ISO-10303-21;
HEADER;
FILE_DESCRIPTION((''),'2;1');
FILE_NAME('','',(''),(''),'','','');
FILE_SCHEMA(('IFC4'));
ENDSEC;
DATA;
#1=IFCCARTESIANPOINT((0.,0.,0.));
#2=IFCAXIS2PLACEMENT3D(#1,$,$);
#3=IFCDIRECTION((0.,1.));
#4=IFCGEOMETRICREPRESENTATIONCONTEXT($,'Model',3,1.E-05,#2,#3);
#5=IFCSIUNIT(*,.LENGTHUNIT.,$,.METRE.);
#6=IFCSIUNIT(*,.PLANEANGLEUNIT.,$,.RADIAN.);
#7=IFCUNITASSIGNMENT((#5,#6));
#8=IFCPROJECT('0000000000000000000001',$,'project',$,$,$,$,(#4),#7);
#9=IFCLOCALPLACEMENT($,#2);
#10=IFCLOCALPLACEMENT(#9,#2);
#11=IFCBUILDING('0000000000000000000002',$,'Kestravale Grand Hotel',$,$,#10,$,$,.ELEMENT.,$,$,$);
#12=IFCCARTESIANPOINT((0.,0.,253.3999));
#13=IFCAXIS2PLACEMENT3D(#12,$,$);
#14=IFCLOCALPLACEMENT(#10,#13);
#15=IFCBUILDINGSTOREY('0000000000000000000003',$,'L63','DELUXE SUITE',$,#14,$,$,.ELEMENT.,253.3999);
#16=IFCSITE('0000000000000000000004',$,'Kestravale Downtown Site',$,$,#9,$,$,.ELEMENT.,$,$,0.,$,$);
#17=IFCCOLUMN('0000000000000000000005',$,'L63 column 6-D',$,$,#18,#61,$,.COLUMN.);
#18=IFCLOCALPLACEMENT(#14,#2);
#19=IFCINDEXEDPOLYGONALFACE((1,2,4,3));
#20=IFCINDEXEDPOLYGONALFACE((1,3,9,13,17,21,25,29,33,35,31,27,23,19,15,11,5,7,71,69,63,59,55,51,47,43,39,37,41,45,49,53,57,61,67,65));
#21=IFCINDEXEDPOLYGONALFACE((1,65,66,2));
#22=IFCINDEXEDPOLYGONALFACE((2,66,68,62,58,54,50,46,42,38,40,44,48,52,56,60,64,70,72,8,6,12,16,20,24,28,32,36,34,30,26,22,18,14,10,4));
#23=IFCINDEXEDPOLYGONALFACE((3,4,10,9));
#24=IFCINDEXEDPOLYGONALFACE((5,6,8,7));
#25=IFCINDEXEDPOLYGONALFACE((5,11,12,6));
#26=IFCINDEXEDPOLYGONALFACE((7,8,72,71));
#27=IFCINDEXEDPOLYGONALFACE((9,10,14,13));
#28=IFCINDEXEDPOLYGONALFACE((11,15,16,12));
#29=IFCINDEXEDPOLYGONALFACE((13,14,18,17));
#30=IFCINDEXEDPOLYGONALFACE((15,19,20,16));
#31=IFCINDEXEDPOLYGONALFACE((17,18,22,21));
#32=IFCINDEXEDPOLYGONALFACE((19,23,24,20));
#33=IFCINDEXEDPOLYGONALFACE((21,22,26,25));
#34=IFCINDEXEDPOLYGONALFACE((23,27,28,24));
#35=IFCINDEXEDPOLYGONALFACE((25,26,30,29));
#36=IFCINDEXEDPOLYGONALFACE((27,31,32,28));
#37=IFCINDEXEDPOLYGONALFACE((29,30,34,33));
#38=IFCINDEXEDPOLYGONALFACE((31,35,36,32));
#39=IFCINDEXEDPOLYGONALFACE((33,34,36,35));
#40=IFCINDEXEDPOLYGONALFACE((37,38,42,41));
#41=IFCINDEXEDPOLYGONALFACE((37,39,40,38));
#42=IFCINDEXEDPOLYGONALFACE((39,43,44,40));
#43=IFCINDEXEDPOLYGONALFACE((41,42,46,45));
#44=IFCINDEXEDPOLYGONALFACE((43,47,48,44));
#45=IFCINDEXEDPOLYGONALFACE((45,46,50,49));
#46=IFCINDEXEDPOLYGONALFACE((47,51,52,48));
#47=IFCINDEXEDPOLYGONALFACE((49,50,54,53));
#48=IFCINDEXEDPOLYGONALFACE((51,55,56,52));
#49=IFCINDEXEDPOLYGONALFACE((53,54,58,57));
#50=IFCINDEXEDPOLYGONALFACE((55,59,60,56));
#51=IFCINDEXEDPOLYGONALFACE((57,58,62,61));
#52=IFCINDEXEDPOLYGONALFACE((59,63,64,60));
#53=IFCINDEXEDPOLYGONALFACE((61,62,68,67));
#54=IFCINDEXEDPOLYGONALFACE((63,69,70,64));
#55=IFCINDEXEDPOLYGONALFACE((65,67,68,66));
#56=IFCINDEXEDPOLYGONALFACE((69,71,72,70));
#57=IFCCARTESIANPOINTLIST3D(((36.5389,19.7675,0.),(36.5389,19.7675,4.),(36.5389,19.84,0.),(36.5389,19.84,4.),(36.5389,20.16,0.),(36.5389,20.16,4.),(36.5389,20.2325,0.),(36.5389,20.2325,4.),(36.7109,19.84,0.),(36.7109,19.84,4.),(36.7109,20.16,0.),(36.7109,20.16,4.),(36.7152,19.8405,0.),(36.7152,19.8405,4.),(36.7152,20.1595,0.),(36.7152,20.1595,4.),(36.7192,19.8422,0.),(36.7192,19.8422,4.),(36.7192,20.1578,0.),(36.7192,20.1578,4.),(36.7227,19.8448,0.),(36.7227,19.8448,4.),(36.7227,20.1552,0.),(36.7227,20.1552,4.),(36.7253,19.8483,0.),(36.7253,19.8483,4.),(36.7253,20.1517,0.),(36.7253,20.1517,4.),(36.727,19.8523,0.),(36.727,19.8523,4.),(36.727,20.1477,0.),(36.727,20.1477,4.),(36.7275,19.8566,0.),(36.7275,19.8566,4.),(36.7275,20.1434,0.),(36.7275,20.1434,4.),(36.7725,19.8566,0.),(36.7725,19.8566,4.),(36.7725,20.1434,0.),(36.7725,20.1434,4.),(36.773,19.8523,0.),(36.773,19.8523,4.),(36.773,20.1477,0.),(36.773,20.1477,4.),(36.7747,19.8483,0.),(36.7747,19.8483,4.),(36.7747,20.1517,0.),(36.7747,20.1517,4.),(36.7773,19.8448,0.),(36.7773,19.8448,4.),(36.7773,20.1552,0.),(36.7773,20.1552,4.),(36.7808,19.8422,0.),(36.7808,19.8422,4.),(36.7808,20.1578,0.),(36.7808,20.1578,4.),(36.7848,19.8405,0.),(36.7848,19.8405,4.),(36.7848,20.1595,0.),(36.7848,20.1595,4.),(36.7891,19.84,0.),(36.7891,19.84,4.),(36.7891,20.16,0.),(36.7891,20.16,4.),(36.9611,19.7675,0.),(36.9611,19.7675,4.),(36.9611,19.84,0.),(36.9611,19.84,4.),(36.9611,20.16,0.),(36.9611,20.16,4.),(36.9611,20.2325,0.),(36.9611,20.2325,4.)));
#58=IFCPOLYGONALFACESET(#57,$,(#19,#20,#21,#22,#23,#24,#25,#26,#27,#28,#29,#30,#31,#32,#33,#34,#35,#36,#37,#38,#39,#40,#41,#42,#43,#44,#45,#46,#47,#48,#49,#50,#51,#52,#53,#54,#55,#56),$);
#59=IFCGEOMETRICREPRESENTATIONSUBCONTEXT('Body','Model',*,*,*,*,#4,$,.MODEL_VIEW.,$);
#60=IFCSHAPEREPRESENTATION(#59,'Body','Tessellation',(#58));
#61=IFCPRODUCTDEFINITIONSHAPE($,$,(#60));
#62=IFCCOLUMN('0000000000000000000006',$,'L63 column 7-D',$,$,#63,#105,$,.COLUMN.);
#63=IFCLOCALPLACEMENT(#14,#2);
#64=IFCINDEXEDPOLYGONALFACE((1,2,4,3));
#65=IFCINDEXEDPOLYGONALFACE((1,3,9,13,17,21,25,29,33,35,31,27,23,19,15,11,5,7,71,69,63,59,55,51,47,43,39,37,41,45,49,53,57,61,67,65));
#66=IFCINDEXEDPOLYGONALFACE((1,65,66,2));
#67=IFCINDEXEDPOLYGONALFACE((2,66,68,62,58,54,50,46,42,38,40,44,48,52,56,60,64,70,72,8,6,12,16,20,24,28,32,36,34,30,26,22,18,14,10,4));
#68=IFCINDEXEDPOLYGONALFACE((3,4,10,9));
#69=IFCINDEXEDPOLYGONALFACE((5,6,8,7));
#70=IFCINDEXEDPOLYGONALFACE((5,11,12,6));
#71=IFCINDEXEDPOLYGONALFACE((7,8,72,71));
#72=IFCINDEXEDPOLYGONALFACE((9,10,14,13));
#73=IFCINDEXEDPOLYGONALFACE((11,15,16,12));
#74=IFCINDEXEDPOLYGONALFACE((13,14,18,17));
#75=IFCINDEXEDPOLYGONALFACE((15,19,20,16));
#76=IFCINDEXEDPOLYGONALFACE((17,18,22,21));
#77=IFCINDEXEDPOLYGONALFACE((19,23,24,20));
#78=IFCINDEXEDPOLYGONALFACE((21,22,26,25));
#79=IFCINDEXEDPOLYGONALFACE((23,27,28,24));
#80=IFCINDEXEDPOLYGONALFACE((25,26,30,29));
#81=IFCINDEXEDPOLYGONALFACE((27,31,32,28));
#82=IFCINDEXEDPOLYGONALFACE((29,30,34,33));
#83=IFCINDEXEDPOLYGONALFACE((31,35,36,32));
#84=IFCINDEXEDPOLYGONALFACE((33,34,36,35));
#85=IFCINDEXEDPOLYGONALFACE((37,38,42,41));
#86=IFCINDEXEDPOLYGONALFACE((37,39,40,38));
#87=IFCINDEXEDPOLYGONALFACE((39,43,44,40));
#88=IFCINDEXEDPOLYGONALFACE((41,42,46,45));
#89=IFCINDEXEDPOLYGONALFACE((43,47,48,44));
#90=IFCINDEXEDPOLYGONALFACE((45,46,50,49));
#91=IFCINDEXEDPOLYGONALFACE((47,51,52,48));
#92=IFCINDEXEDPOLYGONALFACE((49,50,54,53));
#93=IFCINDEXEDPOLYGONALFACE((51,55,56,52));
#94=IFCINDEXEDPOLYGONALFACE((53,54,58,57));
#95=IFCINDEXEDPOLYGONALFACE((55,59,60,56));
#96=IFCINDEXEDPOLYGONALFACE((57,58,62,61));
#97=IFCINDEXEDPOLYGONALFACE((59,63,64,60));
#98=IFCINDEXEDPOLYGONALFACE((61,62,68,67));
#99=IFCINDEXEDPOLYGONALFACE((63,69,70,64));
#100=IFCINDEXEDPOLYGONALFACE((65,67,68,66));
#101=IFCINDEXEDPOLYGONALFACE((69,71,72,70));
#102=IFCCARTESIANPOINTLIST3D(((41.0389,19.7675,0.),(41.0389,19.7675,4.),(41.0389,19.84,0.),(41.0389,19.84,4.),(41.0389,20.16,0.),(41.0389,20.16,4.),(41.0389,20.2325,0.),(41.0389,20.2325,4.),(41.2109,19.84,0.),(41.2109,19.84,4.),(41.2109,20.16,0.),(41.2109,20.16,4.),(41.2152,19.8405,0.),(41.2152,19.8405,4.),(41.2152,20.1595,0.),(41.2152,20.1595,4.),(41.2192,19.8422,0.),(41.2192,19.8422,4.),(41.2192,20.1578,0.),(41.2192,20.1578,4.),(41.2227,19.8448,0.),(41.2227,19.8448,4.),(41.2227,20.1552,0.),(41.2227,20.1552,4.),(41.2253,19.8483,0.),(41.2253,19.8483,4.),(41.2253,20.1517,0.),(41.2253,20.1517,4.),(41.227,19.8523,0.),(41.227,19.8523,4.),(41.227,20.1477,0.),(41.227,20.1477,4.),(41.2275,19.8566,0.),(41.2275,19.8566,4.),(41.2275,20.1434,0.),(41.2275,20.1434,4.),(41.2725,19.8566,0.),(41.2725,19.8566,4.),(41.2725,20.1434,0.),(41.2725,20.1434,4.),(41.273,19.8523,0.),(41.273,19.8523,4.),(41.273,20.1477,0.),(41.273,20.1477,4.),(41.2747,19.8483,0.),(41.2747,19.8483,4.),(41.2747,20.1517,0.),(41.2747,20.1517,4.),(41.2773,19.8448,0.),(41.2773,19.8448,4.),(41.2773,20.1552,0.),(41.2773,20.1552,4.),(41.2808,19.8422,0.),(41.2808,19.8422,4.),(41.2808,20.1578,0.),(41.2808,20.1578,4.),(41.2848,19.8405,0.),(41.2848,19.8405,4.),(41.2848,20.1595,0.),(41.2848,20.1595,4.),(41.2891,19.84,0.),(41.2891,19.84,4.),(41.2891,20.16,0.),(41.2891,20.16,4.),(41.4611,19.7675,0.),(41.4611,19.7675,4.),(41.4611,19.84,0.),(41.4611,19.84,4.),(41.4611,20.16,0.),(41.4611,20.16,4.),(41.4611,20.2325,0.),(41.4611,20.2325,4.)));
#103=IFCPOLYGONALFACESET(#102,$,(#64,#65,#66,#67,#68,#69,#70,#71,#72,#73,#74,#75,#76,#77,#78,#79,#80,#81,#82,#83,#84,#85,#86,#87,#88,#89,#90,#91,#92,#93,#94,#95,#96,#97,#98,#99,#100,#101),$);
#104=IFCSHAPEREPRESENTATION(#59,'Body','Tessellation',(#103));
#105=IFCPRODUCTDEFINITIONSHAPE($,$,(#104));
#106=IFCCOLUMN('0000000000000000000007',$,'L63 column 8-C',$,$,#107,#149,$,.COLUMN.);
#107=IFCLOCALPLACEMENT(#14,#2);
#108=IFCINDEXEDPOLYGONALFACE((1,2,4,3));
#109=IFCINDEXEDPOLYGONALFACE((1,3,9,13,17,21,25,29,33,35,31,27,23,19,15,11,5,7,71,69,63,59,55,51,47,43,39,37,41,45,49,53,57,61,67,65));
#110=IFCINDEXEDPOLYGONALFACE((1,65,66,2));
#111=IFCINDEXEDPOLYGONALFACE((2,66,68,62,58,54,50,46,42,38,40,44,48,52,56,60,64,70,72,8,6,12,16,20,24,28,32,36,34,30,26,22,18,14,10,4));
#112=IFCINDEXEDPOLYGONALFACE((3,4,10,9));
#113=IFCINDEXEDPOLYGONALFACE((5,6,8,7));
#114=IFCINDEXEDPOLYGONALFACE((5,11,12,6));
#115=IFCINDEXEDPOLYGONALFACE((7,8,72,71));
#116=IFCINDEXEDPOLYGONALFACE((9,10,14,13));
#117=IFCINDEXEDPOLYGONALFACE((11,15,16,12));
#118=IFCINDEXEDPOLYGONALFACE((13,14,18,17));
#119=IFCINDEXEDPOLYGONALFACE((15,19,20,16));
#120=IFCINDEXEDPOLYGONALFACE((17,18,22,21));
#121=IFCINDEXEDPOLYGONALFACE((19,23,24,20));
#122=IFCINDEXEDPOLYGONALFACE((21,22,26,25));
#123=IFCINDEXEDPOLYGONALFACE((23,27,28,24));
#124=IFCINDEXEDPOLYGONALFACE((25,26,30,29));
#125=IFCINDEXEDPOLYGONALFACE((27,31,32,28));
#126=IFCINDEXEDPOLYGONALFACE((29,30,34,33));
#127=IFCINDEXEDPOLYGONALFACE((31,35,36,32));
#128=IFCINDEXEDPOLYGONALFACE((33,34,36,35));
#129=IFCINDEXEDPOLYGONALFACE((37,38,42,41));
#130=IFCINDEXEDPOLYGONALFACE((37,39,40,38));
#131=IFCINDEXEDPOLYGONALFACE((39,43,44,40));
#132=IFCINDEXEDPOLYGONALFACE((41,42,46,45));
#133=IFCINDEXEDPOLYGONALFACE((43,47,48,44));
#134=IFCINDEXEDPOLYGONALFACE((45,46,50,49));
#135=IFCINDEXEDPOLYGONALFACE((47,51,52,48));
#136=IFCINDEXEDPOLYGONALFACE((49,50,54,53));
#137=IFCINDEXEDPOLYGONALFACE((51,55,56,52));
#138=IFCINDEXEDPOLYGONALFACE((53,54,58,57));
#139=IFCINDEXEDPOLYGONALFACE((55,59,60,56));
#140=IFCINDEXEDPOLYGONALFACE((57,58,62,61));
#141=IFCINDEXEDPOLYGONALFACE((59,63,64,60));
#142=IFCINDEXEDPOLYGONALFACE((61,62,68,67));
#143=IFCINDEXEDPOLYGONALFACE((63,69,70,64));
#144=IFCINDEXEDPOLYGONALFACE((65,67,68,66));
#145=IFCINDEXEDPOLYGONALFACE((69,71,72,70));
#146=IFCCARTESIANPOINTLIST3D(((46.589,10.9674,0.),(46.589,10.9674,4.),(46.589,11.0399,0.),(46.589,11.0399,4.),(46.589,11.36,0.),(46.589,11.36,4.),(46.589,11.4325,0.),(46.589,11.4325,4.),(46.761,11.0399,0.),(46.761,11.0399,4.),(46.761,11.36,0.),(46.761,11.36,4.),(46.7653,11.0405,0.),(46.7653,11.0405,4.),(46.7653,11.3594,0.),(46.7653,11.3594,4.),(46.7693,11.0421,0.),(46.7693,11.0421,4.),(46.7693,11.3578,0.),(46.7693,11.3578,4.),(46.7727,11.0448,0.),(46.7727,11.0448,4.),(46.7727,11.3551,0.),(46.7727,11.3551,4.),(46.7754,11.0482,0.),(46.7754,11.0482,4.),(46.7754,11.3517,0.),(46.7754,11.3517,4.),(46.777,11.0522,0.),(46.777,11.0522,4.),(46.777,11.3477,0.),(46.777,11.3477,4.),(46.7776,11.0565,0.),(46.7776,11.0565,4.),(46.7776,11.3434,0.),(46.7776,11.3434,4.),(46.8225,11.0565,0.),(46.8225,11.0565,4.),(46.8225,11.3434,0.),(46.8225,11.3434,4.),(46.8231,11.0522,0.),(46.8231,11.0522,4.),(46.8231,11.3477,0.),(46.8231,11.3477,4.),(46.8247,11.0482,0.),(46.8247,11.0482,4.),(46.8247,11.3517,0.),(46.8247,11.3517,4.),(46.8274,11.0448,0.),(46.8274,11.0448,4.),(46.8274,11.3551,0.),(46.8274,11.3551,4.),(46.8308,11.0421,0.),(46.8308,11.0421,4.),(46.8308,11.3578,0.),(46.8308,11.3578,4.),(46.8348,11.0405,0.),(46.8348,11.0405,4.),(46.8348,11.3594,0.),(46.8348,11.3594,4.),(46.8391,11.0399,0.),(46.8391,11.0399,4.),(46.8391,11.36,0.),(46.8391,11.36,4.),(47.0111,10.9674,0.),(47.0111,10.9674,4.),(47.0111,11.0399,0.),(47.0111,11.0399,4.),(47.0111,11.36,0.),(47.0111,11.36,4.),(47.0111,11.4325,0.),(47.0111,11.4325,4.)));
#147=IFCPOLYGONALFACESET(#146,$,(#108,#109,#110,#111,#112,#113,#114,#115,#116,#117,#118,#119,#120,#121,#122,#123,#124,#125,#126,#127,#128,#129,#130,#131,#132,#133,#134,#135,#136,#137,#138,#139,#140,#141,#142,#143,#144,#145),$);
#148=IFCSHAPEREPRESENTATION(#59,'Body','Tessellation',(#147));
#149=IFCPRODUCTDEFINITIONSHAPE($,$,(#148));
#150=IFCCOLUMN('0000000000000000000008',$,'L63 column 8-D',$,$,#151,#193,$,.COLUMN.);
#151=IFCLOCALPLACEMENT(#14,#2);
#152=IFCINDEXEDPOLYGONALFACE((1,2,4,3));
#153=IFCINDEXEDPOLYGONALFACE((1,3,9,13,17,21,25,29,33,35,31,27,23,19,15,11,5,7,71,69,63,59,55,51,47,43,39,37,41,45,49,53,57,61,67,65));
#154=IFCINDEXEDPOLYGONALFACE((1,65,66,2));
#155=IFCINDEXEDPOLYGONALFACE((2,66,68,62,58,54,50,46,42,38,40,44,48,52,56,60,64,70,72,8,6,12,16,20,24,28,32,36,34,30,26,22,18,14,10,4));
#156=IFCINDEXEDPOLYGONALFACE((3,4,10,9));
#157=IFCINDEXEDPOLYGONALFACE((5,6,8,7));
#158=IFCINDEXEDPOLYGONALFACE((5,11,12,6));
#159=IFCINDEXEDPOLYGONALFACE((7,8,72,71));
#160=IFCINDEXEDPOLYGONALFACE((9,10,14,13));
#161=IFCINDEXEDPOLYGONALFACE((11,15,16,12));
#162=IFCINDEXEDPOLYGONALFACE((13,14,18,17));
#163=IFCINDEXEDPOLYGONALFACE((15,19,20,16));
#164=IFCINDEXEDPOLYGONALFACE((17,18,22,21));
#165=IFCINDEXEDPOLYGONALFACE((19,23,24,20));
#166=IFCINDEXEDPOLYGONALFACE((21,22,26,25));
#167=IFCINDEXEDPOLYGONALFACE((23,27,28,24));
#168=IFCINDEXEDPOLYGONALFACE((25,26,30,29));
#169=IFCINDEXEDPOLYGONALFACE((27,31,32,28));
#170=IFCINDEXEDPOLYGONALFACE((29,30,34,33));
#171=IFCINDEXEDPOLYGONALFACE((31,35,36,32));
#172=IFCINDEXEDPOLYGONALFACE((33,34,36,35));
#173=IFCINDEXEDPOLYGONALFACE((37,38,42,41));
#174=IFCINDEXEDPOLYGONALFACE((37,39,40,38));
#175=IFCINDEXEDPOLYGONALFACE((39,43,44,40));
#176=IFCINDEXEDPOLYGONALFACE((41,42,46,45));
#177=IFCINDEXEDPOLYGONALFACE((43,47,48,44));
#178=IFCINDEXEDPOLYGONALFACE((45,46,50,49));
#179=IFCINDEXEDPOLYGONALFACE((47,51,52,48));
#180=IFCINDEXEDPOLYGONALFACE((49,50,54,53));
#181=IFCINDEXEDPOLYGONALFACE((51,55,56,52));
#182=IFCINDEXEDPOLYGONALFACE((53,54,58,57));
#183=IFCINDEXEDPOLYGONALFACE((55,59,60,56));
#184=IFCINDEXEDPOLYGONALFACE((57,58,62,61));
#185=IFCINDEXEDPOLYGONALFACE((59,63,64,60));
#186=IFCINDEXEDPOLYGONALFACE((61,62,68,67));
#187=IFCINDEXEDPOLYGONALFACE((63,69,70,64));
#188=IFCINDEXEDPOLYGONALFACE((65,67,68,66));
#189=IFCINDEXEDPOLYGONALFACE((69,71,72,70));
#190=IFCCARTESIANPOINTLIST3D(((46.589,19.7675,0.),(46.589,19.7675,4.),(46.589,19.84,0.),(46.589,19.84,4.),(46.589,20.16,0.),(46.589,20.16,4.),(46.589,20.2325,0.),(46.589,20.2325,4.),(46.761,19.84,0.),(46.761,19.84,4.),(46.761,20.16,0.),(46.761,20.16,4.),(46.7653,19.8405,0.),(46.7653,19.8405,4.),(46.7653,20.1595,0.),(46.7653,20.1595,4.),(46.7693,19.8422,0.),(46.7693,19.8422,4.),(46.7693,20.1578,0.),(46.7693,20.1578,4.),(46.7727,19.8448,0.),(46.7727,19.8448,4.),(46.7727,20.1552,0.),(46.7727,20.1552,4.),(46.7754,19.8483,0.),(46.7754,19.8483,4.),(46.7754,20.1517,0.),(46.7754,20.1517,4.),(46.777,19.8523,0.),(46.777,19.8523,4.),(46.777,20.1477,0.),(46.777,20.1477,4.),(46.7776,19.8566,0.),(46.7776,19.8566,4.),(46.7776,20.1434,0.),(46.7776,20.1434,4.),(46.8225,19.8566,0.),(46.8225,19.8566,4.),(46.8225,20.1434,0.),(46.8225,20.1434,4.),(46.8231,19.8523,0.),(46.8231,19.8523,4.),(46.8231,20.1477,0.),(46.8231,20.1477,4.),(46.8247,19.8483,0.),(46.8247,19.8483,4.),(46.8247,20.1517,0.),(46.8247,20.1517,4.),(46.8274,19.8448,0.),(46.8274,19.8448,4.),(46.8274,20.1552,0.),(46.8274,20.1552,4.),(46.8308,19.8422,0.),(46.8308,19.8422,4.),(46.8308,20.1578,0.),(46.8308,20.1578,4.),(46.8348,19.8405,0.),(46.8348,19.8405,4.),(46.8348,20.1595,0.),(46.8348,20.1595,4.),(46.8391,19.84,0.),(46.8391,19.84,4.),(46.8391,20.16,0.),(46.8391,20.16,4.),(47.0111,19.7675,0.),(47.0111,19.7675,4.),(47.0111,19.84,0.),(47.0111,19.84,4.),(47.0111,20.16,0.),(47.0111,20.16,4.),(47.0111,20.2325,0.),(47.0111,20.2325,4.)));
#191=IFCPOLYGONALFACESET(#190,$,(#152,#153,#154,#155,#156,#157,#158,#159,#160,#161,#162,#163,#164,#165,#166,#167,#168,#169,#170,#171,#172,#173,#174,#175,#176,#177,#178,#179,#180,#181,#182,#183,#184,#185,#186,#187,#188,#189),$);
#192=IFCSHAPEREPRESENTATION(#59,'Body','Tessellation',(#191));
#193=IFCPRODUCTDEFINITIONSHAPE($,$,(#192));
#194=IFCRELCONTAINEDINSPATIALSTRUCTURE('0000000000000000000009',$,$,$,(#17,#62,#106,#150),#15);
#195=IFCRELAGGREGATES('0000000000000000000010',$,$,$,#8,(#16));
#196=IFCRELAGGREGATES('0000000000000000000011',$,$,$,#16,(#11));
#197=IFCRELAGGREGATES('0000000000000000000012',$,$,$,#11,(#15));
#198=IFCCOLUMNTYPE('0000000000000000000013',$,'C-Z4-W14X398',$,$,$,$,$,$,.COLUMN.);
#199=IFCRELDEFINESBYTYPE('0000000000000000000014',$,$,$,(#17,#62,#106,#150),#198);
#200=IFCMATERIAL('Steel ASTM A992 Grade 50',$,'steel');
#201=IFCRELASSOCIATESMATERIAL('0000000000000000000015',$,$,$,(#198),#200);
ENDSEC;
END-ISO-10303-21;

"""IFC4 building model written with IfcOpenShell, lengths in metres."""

from ifc_helpers import new_model, si_unit, direction, frame, origin, origin_2d, place, context, subcontext, project, spatial, i_section, extrude, material, material_profile, profile_set, type_object, element, save


model = new_model("IFC4")

# Units and contexts
model_context = context("Model", 3, precision=1e-05, world=origin(), true_north=direction((0.0, 1.0)))
body_context = subcontext(model_context, "Body", "Model", "MODEL_VIEW")
ifc_project = project(units=[si_unit("LENGTHUNIT", "METRE"), si_unit("PLANEANGLEUNIT", "RADIAN")], contexts=[model_context])

# Site, building, storey
site_placement = place(None, origin())
site = spatial("IfcSite", under=ifc_project, at=site_placement, Name="Kestravale Downtown Site", CompositionType="ELEMENT", RefElevation=0.0)
building_placement = place(site_placement, origin())
building = spatial("IfcBuilding", under=site, at=building_placement, Name="Kestravale Grand Hotel", CompositionType="ELEMENT")
storey_placement = place(building_placement, frame((0.0, 0.0, 253.3999)))
storey = spatial("IfcBuildingStorey", under=building, at=storey_placement, Name="L63", Description="DELUXE SUITE", CompositionType="ELEMENT", Elevation=253.3999)

# Columns
ifc_material_1 = material(Name="Steel ASTM A992 Grade 50", Category="steel")
ifc_material_profile_1 = material_profile(ifc_material_1, i_section(OverallWidth=0.4221, OverallDepth=0.4651, WebThickness=0.0449, FlangeThickness=0.0725, FilletRadius=0.0166, at=origin_2d()))
ifc_profile_set_1 = profile_set([ifc_material_profile_1], Name="Steel ASTM A992 Grade 50")
column_type = type_object("IfcColumnType", Name="C-Z4-W14X398", PredefinedType="COLUMN", material=ifc_profile_set_1)
for number, where, z_axis, x_axis, name in (
    (1, (36.75, 20.0, 0.0), (0.0, 0.0, 1.0), (1.0, 0.0, 0.0), "L63 column 6-D"),
    (2, (41.25, 20.0, 0.0), (0.0, 0.0, 1.0), (1.0, 0.0, 0.0), "L63 column 7-D"),
    (3, (46.8, 11.2, 0.0), (0.0, 0.0, 1.0), (1.0, 0.0, 0.0), "L63 column 8-C"),
    (4, (46.8, 20.0, 0.0), (0.0, 0.0, 1.0), (1.0, 0.0, 0.0), "L63 column 8-D"),
):
    element("IfcColumn", number, at=place(storey_placement, frame(where, z_axis=z_axis, x_axis=x_axis)), inside=storey, type_object=column_type, Name=name, PredefinedType="COLUMN", context=body_context, shape_type="SweptSolid", body=[
        extrude(i_section(OverallWidth=0.4221, OverallDepth=0.4651, WebThickness=0.0449, FlangeThickness=0.0725, FilletRadius=0.0166, at=origin_2d()), origin(), (0.0, 0.0, 1.0), 4.0),
    ])

save(model, "model.ifc")
